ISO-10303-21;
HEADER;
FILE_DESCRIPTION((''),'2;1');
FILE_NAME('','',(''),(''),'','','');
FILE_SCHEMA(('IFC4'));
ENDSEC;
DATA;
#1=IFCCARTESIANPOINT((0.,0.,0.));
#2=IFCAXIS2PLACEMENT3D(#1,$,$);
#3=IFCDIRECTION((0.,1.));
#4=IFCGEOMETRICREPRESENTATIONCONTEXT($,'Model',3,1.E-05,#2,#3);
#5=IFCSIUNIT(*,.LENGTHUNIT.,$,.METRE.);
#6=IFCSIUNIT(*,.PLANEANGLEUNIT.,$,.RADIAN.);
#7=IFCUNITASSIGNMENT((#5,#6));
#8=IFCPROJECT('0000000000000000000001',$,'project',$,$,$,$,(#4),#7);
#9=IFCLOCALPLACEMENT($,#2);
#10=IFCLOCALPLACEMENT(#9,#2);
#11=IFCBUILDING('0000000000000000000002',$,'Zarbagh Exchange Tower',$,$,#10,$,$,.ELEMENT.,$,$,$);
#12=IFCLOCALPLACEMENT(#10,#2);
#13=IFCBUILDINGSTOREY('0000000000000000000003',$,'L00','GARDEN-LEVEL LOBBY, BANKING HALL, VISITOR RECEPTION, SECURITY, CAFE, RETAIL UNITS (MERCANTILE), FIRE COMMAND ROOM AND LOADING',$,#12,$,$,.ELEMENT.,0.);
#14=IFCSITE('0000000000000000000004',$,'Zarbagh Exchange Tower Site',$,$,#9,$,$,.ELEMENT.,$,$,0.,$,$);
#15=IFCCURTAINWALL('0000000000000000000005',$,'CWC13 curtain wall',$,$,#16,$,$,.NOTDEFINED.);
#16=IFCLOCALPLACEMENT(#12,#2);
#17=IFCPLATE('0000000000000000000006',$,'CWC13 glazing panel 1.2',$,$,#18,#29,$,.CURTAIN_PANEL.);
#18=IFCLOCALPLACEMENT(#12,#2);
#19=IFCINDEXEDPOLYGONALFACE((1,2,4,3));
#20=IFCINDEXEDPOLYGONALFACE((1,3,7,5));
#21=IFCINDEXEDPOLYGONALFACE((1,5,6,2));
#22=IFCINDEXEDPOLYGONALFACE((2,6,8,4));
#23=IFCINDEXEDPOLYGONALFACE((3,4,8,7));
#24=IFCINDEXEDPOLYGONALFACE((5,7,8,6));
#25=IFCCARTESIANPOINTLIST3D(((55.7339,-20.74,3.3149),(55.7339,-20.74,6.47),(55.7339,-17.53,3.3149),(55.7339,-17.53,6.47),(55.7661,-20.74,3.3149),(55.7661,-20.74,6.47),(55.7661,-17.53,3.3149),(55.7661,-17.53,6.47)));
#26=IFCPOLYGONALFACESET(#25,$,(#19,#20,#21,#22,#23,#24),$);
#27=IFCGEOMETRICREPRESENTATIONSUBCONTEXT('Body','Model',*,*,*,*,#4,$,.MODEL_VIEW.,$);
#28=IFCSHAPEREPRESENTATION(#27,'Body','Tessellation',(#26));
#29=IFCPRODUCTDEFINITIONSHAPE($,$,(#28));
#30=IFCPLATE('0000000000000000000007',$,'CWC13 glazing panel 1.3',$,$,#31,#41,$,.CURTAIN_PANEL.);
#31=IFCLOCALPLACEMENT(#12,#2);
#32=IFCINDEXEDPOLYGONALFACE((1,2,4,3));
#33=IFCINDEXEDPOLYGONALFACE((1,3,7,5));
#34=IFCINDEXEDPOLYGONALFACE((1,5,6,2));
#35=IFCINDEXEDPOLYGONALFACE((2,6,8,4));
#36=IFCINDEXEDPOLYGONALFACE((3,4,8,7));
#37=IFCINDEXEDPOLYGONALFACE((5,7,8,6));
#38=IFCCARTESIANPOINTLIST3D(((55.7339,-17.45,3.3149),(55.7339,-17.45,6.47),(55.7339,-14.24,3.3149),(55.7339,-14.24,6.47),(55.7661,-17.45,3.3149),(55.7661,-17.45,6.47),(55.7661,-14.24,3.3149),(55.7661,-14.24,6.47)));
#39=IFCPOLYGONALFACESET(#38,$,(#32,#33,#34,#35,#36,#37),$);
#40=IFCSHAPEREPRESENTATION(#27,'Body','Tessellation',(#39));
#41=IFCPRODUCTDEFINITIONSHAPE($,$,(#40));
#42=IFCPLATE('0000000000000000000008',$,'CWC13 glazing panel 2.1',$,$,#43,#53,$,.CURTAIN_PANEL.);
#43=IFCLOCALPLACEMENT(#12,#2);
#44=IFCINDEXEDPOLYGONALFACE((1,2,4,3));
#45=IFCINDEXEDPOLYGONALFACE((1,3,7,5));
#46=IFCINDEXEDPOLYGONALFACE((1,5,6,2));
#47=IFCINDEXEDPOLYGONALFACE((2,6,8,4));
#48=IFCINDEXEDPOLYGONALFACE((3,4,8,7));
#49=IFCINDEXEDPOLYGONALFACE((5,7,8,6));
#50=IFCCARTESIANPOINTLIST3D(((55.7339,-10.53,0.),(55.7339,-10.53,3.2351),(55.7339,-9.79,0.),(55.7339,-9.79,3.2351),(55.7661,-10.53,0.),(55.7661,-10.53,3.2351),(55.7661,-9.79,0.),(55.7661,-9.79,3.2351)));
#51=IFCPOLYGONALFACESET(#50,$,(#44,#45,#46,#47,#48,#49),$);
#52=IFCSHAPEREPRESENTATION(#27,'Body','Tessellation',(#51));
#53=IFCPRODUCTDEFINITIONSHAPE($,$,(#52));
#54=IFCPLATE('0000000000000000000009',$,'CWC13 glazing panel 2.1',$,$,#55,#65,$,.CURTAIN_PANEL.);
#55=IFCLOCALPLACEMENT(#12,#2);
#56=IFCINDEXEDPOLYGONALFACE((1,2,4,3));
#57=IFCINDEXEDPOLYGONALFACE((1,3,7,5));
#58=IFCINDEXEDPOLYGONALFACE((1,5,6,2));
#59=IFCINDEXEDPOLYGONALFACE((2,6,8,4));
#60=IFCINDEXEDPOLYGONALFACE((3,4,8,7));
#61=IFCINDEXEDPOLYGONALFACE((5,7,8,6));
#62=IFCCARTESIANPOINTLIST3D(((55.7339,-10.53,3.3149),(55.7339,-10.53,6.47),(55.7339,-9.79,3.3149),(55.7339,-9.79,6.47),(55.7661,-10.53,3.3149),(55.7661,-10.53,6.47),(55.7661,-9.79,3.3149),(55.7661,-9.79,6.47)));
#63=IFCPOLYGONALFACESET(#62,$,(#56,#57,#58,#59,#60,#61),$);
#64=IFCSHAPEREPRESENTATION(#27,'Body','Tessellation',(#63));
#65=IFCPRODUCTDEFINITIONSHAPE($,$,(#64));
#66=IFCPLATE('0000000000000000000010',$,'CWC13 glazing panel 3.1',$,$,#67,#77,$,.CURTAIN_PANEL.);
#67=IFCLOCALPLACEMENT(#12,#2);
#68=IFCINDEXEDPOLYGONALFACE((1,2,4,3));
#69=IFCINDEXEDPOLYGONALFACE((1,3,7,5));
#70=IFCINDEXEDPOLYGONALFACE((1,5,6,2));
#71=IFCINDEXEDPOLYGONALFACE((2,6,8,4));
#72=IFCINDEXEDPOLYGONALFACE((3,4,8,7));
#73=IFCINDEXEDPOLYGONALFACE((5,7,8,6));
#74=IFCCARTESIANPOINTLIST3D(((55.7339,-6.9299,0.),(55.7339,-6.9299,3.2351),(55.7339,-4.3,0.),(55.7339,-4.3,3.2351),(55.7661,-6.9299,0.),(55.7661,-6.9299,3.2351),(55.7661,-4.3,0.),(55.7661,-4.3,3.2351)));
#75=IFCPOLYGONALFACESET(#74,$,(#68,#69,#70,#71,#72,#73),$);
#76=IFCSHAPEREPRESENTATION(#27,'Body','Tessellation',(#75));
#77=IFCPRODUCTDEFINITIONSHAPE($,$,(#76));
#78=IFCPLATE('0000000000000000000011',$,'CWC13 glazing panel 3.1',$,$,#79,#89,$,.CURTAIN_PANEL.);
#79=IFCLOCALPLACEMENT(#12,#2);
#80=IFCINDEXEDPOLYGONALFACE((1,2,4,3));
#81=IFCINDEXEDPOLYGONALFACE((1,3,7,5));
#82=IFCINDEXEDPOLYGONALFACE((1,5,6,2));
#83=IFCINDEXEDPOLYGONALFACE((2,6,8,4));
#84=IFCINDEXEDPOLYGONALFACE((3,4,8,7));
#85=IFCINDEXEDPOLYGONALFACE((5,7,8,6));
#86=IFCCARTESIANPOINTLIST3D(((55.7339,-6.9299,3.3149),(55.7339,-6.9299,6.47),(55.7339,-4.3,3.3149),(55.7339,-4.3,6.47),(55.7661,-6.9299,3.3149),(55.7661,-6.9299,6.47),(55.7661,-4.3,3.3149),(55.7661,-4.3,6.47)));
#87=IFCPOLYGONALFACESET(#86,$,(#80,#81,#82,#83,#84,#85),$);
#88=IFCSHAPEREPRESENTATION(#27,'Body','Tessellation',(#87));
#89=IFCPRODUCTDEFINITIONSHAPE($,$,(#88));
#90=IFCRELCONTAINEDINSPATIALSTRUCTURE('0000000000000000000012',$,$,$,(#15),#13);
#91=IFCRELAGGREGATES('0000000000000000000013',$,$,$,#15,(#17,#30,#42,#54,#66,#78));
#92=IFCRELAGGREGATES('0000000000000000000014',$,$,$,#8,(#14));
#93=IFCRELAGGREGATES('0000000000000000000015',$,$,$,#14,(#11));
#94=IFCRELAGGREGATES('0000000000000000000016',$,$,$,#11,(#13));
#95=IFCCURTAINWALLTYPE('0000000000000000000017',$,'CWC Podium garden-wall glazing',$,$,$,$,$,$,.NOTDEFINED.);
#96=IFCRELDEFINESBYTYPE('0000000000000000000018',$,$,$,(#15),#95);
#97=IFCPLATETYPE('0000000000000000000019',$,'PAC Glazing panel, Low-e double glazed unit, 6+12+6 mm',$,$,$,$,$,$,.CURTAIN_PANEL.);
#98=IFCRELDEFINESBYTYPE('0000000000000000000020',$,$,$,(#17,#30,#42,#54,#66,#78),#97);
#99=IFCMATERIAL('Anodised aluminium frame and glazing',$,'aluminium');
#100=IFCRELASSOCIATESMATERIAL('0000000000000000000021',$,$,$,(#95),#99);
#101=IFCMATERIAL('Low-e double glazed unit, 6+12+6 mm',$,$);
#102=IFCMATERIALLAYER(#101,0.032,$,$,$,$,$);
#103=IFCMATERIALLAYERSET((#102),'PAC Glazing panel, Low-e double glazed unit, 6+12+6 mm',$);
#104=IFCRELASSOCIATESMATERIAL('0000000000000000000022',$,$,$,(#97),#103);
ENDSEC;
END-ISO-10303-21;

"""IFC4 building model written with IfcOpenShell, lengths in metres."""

from ifc_helpers import new_model, si_unit, direction, origin, place, context, subcontext, project, spatial, polyline, outline, extrude, source, transform, mapped, material, layer, layer_set, type_object, element, aggregate, save


model = new_model("IFC4")

# Units and contexts
model_context = context("Model", 3, precision=1e-05, world=origin(), true_north=direction((0.0, 1.0)))
body_context = subcontext(model_context, "Body", "Model", "MODEL_VIEW")
ifc_project = project(units=[si_unit("LENGTHUNIT", "METRE"), si_unit("PLANEANGLEUNIT", "RADIAN")], contexts=[model_context])

# Site, building, storey
site_placement = place(None, origin())
site = spatial("IfcSite", under=ifc_project, at=site_placement, Name="Zarbagh Exchange Tower Site", CompositionType="ELEMENT", RefElevation=0.0)
building_placement = place(site_placement, origin())
building = spatial("IfcBuilding", under=site, at=building_placement, Name="Zarbagh Exchange Tower", CompositionType="ELEMENT")
storey_placement = place(building_placement, origin())
storey = spatial("IfcBuildingStorey", under=building, at=storey_placement, Name="L00", Description="GARDEN-LEVEL LOBBY, BANKING HALL, VISITOR RECEPTION, SECURITY, CAFE, RETAIL UNITS (MERCANTILE), FIRE COMMAND ROOM AND LOADING", CompositionType="ELEMENT", Elevation=0.0)

# Shared definitions
ifc_material_1 = material(Name="Anodised aluminium frame and glazing", Category="aluminium")
curtain_wall_type = type_object("IfcCurtainWallType", Name="CWC Podium garden-wall glazing", PredefinedType="NOTDEFINED", material=ifc_material_1)
placement = place(storey_placement, origin())

# Curtain wall
curtain_wall_1_placement = place(storey_placement, origin())
curtain_wall_1 = element("IfcCurtainWall", 1, at=curtain_wall_1_placement, inside=storey, type_object=curtain_wall_type, Name="CWC13 curtain wall", PredefinedType="NOTDEFINED")

# Plates
ifc_material_2 = material(Name="Low-e double glazed unit, 6+12+6 mm")
ifc_layer = layer(ifc_material_2, 0.032)
ifc_layer_set = layer_set([ifc_layer], Name="PAC Glazing panel, Low-e double glazed unit, 6+12+6 mm")
plate_type = type_object("IfcPlateType", Name="PAC Glazing panel, Low-e double glazed unit, 6+12+6 mm", PredefinedType="CURTAIN_PANEL", material=ifc_layer_set)
shared_shape_1 = source(origin(), body_context, "Body", "SweptSolid", [
    extrude(outline(polyline([(0.0, -0.0161), (3.21, -0.0161), (3.21, 0.0161), (0.0, 0.0161), (0.0, -0.0161)])), origin(), (0.0, 0.0, 1.0), 3.155),
])
plate_1 = element("IfcPlate", 2, at=placement, type_object=plate_type, Name="CWC13 glazing panel 1.2", PredefinedType="CURTAIN_PANEL", context=body_context, shape_type="MappedRepresentation", body=[
    mapped(shared_shape_1, transform((55.75, -20.74, 3.3149), x_axis=(0.0, 1.0, 0.0), y_axis=(-1.0, 0.0, 0.0), z_axis=(0.0, 0.0, 1.0))),
])
plate_2 = element("IfcPlate", 3, at=placement, type_object=plate_type, Name="CWC13 glazing panel 1.3", PredefinedType="CURTAIN_PANEL", context=body_context, shape_type="MappedRepresentation", body=[
    mapped(shared_shape_1, transform((55.75, -17.45, 3.3149), x_axis=(0.0, 1.0, 0.0), y_axis=(-1.0, 0.0, 0.0), z_axis=(0.0, 0.0, 1.0))),
])
shared_shape_2 = source(origin(), body_context, "Body", "SweptSolid", [
    extrude(outline(polyline([(0.0, -0.0161), (0.74, -0.0161), (0.74, 0.0161), (0.0, 0.0161), (0.0, -0.0161)])), origin(), (0.0, 0.0, 1.0), 3.2351),
])
plate_3 = element("IfcPlate", 4, at=placement, type_object=plate_type, Name="CWC13 glazing panel 2.1", PredefinedType="CURTAIN_PANEL", context=body_context, shape_type="MappedRepresentation", body=[
    mapped(shared_shape_2, transform((55.75, -10.53, 0.0), x_axis=(0.0, 1.0, 0.0), y_axis=(-1.0, 0.0, 0.0), z_axis=(0.0, 0.0, 1.0))),
])
shared_shape_3 = source(origin(), body_context, "Body", "SweptSolid", [
    extrude(outline(polyline([(0.0, -0.0161), (0.74, -0.0161), (0.74, 0.0161), (0.0, 0.0161), (0.0, -0.0161)])), origin(), (0.0, 0.0, 1.0), 3.155),
])
plate_4 = element("IfcPlate", 5, at=placement, type_object=plate_type, Name="CWC13 glazing panel 2.1", PredefinedType="CURTAIN_PANEL", context=body_context, shape_type="MappedRepresentation", body=[
    mapped(shared_shape_3, transform((55.75, -10.53, 3.3149), x_axis=(0.0, 1.0, 0.0), y_axis=(-1.0, 0.0, 0.0), z_axis=(0.0, 0.0, 1.0))),
])
shared_shape_4 = source(origin(), body_context, "Body", "SweptSolid", [
    extrude(outline(polyline([(0.0, -0.0161), (2.6299, -0.0161), (2.6299, 0.0161), (0.0, 0.0161), (0.0, -0.0161)])), origin(), (0.0, 0.0, 1.0), 3.2351),
])
plate_5 = element("IfcPlate", 6, at=placement, type_object=plate_type, Name="CWC13 glazing panel 3.1", PredefinedType="CURTAIN_PANEL", context=body_context, shape_type="MappedRepresentation", body=[
    mapped(shared_shape_4, transform((55.75, -6.9299, 0.0), x_axis=(0.0, 1.0, 0.0), y_axis=(-1.0, 0.0, 0.0), z_axis=(0.0, 0.0, 1.0))),
])
shared_shape_5 = source(origin(), body_context, "Body", "SweptSolid", [
    extrude(outline(polyline([(0.0, -0.0161), (2.6299, -0.0161), (2.6299, 0.0161), (0.0, 0.0161), (0.0, -0.0161)])), origin(), (0.0, 0.0, 1.0), 3.155),
])
plate_6 = element("IfcPlate", 7, at=placement, type_object=plate_type, Name="CWC13 glazing panel 3.1", PredefinedType="CURTAIN_PANEL", context=body_context, shape_type="MappedRepresentation", body=[
    mapped(shared_shape_5, transform((55.75, -6.9299, 3.3149), x_axis=(0.0, 1.0, 0.0), y_axis=(-1.0, 0.0, 0.0), z_axis=(0.0, 0.0, 1.0))),
])
aggregate(curtain_wall_1, [plate_1, plate_2, plate_3, plate_4, plate_5, plate_6])

save(model, "model.ifc")
